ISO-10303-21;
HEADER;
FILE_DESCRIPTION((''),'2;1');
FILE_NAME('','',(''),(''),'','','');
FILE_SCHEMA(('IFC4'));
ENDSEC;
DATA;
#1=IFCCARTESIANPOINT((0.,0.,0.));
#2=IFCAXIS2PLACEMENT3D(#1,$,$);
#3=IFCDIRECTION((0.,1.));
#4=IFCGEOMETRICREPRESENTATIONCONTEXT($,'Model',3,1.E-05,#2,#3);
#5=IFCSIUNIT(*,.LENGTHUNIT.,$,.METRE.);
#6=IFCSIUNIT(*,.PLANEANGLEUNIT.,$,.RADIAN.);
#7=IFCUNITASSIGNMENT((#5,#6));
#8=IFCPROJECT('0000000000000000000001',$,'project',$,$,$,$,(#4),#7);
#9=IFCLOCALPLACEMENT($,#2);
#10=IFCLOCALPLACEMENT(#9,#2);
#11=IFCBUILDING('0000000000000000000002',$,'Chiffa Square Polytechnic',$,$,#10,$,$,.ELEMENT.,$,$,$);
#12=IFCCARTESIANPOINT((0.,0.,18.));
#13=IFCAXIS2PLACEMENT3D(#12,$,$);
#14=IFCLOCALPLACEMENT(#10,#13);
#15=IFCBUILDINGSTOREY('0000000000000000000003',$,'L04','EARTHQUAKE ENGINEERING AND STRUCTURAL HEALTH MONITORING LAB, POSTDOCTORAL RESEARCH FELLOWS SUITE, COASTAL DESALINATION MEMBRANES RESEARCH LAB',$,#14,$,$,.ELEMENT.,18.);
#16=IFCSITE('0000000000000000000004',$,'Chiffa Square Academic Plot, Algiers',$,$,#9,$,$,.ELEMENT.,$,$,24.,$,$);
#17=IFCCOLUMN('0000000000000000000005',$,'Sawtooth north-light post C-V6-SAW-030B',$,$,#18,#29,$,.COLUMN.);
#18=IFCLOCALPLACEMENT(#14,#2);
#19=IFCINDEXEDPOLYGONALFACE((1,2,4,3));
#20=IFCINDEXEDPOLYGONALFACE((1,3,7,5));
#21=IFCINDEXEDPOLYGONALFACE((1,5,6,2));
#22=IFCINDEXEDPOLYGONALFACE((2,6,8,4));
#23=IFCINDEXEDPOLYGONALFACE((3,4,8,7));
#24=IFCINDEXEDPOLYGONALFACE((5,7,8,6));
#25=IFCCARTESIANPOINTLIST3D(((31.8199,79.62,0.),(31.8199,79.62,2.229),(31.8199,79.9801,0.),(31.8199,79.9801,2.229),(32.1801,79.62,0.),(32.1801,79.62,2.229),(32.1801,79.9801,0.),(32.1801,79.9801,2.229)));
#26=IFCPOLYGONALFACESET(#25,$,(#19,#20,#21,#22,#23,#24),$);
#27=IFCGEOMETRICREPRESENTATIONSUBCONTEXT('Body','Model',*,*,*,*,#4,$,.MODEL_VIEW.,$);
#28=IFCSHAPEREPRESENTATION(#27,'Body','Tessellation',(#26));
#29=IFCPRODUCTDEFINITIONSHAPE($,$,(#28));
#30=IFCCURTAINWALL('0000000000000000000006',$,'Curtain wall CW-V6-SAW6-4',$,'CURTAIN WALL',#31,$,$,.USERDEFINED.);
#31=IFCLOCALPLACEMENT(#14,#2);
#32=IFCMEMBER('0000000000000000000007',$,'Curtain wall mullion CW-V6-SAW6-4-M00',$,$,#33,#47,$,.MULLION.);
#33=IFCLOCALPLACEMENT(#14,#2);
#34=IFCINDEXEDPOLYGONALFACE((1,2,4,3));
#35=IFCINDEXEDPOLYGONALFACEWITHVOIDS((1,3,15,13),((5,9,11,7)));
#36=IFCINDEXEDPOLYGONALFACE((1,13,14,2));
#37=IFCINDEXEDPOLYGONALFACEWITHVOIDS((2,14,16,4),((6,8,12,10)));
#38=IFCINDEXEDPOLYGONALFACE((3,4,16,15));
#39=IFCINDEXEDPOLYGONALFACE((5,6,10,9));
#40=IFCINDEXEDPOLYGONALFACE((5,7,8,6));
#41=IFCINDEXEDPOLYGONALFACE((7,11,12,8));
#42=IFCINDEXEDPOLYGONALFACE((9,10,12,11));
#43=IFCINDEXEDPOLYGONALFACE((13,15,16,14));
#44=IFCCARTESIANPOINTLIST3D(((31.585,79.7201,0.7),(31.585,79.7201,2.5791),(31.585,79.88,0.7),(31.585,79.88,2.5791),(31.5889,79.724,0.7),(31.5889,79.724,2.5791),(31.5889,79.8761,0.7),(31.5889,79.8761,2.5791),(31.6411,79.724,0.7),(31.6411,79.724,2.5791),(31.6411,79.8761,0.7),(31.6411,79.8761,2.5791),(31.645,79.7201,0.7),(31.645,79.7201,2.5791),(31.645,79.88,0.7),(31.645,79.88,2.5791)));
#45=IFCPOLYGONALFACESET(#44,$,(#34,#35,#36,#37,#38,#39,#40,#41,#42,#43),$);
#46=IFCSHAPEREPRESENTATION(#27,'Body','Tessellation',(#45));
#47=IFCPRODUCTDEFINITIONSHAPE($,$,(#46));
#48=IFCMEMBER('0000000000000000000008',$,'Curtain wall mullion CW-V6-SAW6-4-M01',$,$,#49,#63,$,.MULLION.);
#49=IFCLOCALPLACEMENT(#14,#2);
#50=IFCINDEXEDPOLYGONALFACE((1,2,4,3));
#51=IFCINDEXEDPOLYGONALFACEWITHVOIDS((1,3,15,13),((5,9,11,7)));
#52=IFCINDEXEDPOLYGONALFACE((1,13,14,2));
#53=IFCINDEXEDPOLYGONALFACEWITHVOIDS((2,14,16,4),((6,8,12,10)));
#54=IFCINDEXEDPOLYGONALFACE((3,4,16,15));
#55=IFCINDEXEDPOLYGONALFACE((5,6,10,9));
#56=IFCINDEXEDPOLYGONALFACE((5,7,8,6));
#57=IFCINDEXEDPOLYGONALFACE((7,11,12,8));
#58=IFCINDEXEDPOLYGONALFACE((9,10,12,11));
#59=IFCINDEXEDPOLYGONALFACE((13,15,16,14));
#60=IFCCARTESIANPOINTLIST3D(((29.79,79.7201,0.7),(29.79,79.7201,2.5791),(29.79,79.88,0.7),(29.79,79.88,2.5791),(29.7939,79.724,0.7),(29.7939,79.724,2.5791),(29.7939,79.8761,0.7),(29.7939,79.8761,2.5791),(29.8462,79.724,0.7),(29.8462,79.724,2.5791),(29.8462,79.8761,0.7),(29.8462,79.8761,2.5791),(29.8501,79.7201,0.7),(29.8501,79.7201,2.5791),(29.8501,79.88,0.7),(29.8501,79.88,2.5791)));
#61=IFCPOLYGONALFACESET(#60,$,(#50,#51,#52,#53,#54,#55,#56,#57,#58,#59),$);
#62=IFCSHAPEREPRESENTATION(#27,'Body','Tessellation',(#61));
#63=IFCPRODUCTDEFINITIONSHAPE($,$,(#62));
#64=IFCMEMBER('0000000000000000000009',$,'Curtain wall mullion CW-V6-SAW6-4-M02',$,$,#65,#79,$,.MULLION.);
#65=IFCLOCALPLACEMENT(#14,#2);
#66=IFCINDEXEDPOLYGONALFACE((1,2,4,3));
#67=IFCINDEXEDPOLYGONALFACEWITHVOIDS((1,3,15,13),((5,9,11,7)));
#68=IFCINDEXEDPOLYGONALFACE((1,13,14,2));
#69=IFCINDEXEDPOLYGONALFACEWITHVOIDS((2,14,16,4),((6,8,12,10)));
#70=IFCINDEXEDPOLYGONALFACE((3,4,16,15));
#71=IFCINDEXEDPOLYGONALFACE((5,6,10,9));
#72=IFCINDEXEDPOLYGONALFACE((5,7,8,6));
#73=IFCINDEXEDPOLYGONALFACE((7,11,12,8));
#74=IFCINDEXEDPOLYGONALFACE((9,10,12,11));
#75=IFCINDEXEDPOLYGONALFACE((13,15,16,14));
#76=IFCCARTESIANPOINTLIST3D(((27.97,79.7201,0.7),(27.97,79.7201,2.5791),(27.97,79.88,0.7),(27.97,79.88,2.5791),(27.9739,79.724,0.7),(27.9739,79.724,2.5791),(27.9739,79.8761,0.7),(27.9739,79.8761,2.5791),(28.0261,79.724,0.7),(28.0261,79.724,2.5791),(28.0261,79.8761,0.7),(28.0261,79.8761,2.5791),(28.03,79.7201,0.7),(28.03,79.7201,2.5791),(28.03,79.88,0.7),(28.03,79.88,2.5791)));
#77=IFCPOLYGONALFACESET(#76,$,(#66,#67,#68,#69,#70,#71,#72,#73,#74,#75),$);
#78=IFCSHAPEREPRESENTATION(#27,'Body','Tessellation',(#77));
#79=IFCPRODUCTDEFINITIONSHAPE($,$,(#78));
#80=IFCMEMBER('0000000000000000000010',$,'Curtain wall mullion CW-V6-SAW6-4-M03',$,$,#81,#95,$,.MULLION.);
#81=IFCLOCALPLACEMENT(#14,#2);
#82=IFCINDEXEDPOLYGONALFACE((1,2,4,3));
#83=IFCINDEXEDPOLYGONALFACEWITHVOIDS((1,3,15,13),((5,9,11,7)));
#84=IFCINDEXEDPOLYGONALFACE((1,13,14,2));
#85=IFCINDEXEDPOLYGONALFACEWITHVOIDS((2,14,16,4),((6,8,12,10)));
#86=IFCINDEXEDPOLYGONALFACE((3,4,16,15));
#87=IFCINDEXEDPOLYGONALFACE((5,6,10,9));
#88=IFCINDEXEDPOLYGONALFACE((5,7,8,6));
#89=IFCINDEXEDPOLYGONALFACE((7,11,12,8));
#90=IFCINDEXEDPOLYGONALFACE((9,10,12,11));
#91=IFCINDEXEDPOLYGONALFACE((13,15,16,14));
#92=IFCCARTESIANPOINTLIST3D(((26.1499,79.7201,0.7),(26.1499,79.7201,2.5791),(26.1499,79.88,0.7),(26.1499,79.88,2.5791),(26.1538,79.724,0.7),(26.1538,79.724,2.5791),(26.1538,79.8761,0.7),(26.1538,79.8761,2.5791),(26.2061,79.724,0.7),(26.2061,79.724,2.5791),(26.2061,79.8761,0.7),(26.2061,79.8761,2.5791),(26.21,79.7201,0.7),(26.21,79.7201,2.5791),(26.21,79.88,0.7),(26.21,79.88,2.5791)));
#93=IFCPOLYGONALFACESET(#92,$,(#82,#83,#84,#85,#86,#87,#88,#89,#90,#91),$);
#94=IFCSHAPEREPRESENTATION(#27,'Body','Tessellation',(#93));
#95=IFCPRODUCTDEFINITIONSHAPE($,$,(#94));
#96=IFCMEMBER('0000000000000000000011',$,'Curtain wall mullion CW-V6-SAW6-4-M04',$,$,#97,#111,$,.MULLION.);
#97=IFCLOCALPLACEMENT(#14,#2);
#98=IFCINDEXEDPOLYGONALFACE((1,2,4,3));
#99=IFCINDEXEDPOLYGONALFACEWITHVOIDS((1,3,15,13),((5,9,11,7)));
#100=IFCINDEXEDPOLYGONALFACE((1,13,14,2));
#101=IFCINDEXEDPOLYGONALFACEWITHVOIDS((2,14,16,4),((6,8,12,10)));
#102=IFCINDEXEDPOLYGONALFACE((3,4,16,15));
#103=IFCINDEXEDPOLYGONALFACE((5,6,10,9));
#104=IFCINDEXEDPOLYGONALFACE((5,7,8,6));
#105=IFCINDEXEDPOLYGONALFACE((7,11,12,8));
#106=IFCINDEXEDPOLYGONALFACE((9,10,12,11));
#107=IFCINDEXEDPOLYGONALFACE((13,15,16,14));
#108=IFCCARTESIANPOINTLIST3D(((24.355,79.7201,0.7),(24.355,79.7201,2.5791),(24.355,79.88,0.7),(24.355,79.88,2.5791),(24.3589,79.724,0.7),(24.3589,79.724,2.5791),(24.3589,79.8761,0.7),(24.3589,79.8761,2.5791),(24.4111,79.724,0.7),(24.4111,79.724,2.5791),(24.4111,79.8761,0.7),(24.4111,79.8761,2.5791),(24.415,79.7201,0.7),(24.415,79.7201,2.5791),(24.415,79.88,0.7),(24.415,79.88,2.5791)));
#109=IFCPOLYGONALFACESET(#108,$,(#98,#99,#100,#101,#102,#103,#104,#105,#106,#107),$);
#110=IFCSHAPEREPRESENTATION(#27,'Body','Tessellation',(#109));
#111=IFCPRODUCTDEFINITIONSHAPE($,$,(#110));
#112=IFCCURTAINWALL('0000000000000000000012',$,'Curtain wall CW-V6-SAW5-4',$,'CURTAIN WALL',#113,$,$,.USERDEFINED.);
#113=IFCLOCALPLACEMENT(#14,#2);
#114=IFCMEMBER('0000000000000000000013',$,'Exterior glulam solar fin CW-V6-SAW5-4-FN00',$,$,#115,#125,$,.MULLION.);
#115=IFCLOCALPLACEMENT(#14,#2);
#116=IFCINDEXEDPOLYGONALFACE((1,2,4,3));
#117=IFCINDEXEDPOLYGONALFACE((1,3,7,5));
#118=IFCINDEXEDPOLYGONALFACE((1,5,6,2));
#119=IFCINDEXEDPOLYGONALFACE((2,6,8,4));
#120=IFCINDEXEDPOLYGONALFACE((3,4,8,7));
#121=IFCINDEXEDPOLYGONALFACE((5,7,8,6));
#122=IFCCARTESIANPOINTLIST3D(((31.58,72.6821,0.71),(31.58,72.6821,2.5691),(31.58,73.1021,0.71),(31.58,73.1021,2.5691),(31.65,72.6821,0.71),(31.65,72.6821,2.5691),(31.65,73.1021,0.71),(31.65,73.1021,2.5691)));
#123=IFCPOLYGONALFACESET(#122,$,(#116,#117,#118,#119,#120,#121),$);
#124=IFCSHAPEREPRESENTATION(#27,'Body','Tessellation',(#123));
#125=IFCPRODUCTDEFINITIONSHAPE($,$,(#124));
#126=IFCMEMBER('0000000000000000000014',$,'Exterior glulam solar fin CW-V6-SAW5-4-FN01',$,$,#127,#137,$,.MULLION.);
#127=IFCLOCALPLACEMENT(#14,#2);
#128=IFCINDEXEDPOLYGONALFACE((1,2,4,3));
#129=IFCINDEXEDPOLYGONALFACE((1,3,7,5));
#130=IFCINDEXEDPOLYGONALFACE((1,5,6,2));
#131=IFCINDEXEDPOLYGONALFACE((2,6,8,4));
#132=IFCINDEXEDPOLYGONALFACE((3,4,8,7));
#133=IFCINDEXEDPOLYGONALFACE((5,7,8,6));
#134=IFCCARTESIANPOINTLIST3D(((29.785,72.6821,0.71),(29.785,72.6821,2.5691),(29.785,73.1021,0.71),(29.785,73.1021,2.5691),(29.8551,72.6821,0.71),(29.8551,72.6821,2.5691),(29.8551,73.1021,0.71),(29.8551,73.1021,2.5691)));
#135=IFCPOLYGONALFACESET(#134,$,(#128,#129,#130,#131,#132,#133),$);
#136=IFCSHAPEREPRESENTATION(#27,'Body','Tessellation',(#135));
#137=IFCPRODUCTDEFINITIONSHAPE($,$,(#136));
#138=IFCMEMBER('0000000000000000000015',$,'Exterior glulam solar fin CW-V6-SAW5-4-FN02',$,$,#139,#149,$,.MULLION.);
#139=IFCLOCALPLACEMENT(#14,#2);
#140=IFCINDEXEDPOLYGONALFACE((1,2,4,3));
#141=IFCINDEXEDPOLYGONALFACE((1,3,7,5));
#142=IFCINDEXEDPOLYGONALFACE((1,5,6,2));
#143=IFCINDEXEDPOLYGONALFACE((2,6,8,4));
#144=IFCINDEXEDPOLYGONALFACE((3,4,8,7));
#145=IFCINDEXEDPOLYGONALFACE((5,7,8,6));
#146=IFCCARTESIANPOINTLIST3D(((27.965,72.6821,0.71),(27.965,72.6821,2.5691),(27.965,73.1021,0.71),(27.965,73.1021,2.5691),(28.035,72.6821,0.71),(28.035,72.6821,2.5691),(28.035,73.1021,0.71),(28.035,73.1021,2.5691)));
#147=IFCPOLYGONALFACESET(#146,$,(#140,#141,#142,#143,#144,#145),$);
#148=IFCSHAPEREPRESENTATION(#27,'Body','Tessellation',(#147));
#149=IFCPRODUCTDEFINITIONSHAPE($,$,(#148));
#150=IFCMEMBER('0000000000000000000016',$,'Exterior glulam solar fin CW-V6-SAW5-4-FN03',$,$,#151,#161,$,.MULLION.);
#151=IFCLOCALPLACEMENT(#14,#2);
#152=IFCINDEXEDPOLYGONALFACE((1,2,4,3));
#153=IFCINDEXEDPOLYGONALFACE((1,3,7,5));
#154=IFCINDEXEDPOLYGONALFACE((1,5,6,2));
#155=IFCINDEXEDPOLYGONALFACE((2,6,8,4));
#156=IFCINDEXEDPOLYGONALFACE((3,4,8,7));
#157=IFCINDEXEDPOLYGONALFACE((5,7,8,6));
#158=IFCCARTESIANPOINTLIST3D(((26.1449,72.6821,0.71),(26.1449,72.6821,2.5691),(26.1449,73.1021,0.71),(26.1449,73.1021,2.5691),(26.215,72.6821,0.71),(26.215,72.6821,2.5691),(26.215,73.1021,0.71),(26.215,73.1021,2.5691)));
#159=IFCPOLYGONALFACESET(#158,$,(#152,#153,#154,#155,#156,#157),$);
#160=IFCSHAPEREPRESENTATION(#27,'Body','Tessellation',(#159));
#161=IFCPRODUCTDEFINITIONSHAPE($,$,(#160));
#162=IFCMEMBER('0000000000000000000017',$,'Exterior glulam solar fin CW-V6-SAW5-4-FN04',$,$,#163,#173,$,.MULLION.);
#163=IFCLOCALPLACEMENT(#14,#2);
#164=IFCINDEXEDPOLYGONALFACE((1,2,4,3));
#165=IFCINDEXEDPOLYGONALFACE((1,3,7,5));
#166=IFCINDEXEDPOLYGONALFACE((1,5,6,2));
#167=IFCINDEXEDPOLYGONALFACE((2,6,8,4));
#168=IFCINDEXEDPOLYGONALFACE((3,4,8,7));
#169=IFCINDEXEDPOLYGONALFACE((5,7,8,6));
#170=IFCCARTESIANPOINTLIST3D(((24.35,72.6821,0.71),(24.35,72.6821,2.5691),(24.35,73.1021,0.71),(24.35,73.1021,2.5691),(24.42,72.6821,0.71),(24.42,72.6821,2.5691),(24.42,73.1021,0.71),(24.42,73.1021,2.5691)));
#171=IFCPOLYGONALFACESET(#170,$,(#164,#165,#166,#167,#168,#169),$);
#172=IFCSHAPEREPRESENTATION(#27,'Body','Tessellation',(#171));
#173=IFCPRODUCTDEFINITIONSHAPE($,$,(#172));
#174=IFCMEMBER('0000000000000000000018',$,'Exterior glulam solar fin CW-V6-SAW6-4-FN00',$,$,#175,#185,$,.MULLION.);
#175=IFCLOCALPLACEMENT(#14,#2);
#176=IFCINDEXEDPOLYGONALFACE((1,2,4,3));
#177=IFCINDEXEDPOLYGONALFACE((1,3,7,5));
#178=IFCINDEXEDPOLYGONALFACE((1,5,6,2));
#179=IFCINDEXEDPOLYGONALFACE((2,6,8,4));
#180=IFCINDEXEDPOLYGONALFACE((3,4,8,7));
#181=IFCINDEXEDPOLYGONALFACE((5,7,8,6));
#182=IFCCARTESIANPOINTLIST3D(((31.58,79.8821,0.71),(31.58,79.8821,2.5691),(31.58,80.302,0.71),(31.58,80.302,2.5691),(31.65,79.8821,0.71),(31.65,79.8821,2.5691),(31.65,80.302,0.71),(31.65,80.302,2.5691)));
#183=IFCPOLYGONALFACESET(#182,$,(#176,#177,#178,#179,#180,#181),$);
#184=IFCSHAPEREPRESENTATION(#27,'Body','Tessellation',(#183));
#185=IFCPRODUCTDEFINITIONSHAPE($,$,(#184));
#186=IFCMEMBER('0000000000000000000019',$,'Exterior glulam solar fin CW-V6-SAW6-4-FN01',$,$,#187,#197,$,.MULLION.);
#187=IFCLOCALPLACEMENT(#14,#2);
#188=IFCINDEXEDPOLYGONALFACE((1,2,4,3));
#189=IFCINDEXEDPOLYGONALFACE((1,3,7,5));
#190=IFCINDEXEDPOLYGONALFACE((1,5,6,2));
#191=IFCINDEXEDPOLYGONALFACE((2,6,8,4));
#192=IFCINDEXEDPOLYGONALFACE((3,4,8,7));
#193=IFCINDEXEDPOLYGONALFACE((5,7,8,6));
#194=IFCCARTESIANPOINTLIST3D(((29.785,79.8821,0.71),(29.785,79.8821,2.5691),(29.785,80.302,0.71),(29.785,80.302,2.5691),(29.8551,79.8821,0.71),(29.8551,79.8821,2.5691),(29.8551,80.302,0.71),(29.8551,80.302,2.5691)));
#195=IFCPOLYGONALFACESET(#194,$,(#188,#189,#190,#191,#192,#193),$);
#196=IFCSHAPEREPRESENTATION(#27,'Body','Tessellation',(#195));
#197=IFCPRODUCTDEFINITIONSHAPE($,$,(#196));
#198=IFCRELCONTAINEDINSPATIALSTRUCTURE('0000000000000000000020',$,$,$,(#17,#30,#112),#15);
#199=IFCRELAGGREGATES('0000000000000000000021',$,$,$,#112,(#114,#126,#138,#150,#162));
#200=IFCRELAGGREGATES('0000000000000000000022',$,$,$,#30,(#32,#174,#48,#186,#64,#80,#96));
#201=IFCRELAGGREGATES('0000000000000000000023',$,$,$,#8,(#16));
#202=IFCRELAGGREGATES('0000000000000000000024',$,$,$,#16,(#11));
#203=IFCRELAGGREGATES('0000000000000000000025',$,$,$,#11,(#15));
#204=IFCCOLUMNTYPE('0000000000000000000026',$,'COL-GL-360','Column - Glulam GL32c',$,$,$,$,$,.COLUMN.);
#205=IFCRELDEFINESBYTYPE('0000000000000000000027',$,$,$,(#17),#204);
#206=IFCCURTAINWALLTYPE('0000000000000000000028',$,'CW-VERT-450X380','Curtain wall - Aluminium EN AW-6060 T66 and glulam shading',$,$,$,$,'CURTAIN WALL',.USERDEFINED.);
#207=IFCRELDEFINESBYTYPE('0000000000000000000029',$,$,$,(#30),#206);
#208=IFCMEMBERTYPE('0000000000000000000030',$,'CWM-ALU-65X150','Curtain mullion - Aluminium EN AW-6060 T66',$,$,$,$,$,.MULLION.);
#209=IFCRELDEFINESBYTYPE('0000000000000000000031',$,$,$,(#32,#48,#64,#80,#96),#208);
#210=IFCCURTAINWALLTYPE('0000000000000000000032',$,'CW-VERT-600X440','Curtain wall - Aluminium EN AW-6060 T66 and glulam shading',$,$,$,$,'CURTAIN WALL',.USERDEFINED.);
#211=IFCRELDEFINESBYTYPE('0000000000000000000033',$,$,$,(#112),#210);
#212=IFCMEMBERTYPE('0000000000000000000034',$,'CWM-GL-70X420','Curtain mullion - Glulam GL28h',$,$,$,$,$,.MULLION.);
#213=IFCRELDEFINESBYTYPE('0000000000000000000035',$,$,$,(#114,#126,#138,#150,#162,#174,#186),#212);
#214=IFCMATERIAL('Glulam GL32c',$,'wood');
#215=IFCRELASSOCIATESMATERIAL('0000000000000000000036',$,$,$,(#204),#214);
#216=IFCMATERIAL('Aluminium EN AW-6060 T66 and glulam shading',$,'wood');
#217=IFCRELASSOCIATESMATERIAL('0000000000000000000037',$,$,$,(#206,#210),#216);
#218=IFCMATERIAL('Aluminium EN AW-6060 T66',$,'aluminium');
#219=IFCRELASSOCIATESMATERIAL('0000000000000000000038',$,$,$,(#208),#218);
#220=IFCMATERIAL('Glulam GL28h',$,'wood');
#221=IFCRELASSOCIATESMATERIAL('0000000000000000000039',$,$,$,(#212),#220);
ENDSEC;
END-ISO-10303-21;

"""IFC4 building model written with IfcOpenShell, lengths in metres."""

from ifc_helpers import new_model, si_unit, direction, frame, origin, origin_2d, place, context, subcontext, project, spatial, rectangle, hollow_rectangle, extrude, material, material_profile, profile_set, type_object, element, aggregate, save


model = new_model("IFC4")

# Units and contexts
model_context = context("Model", 3, precision=1e-05, world=origin(), true_north=direction((0.0, 1.0)))
body_context = subcontext(model_context, "Body", "Model", "MODEL_VIEW")
ifc_project = project(units=[si_unit("LENGTHUNIT", "METRE"), si_unit("PLANEANGLEUNIT", "RADIAN")], contexts=[model_context])

# Site, building, storey
site_placement = place(None, origin())
site = spatial("IfcSite", under=ifc_project, at=site_placement, Name="Chiffa Square Academic Plot, Algiers", CompositionType="ELEMENT", RefElevation=24.0)
building_placement = place(site_placement, origin())
building = spatial("IfcBuilding", under=site, at=building_placement, Name="Chiffa Square Polytechnic", CompositionType="ELEMENT")
storey_placement = place(building_placement, frame((0.0, 0.0, 18.0)))
storey = spatial("IfcBuildingStorey", under=building, at=storey_placement, Name="L04", Description="EARTHQUAKE ENGINEERING AND STRUCTURAL HEALTH MONITORING LAB, POSTDOCTORAL RESEARCH FELLOWS SUITE, COASTAL DESALINATION MEMBRANES RESEARCH LAB", CompositionType="ELEMENT", Elevation=18.0)

# Column
ifc_material_1 = material(Name="Glulam GL32c", Category="wood")
ifc_material_profile_1 = material_profile(ifc_material_1, rectangle(XDim=0.3601, YDim=0.3601, at=origin_2d()), Name="GL32c 360x360")
ifc_profile_set_1 = profile_set([ifc_material_profile_1], Name="Glulam GL32c")
column_type = type_object("IfcColumnType", Name="COL-GL-360", Description="Column - Glulam GL32c", PredefinedType="COLUMN", material=ifc_profile_set_1)
column_placement = place(storey_placement, frame((32.0, 79.8, 0.0), z_axis=(0.0, 0.0, 1.0), x_axis=(1.0, 0.0, 0.0)))
element("IfcColumn", 1, at=column_placement, inside=storey, type_object=column_type, Name="Sawtooth north-light post C-V6-SAW-030B", PredefinedType="COLUMN", context=body_context, shape_type="SweptSolid", body=[
    extrude(rectangle(XDim=0.3601, YDim=0.3601, at=origin_2d()), origin(), (0.0, 0.0, 1.0), 2.229),
])

# Curtain walls, members
ifc_material_2 = material(Name="Aluminium EN AW-6060 T66 and glulam shading", Category="wood")
curtain_wall_type_1 = type_object("IfcCurtainWallType", Name="CW-VERT-450X380", Description="Curtain wall - Aluminium EN AW-6060 T66 and glulam shading", ElementType="CURTAIN WALL", PredefinedType="USERDEFINED", material=ifc_material_2)
curtain_wall_1_placement = place(storey_placement, origin())
curtain_wall_1 = element("IfcCurtainWall", 2, at=curtain_wall_1_placement, inside=storey, type_object=curtain_wall_type_1, Name="Curtain wall CW-V6-SAW6-4", ObjectType="CURTAIN WALL", PredefinedType="USERDEFINED")
ifc_material_3 = material(Name="Aluminium EN AW-6060 T66", Category="aluminium")
ifc_material_profile_2 = material_profile(ifc_material_3, hollow_rectangle(XDim=0.0601, YDim=0.1599, WallThickness=0.0039, at=origin_2d()), Name="ALU 60x160x4")
ifc_profile_set_2 = profile_set([ifc_material_profile_2], Name="Aluminium EN AW-6060 T66")
member_type_1 = type_object("IfcMemberType", Name="CWM-ALU-65X150", Description="Curtain mullion - Aluminium EN AW-6060 T66", PredefinedType="MULLION", material=ifc_profile_set_2)
member_1_placement = place(storey_placement, frame((31.615, 79.8, 0.7), z_axis=(0.0, 0.0, 1.0), x_axis=(1.0, 0.0, 0.0)))
member_1 = element("IfcMember", 3, at=member_1_placement, type_object=member_type_1, Name="Curtain wall mullion CW-V6-SAW6-4-M00", PredefinedType="MULLION", context=body_context, shape_type="SweptSolid", body=[
    extrude(hollow_rectangle(XDim=0.0601, YDim=0.1599, WallThickness=0.0039, at=origin_2d()), origin(), (0.0, 0.0, 1.0), 1.8792),
])
member_2_placement = place(storey_placement, frame((29.8201, 79.8, 0.7), z_axis=(0.0, 0.0, 1.0), x_axis=(1.0, 0.0, 0.0)))
member_2 = element("IfcMember", 4, at=member_2_placement, type_object=member_type_1, Name="Curtain wall mullion CW-V6-SAW6-4-M01", PredefinedType="MULLION", context=body_context, shape_type="SweptSolid", body=[
    extrude(hollow_rectangle(XDim=0.0601, YDim=0.1599, WallThickness=0.0039, at=origin_2d()), origin(), (0.0, 0.0, 1.0), 1.8792),
])
member_3_placement = place(storey_placement, frame((28.0, 79.8, 0.7), z_axis=(0.0, 0.0, 1.0), x_axis=(1.0, 0.0, 0.0)))
member_3 = element("IfcMember", 5, at=member_3_placement, type_object=member_type_1, Name="Curtain wall mullion CW-V6-SAW6-4-M02", PredefinedType="MULLION", context=body_context, shape_type="SweptSolid", body=[
    extrude(hollow_rectangle(XDim=0.0601, YDim=0.1599, WallThickness=0.0039, at=origin_2d()), origin(), (0.0, 0.0, 1.0), 1.8792),
])
member_4_placement = place(storey_placement, frame((26.1799, 79.8, 0.7), z_axis=(0.0, 0.0, 1.0), x_axis=(1.0, 0.0, 0.0)))
member_4 = element("IfcMember", 6, at=member_4_placement, type_object=member_type_1, Name="Curtain wall mullion CW-V6-SAW6-4-M03", PredefinedType="MULLION", context=body_context, shape_type="SweptSolid", body=[
    extrude(hollow_rectangle(XDim=0.0601, YDim=0.1599, WallThickness=0.0039, at=origin_2d()), origin(), (0.0, 0.0, 1.0), 1.8792),
])
member_5_placement = place(storey_placement, frame((24.385, 79.8, 0.7), z_axis=(0.0, 0.0, 1.0), x_axis=(1.0, 0.0, 0.0)))
member_5 = element("IfcMember", 7, at=member_5_placement, type_object=member_type_1, Name="Curtain wall mullion CW-V6-SAW6-4-M04", PredefinedType="MULLION", context=body_context, shape_type="SweptSolid", body=[
    extrude(hollow_rectangle(XDim=0.0601, YDim=0.1599, WallThickness=0.0039, at=origin_2d()), origin(), (0.0, 0.0, 1.0), 1.8792),
])
curtain_wall_type_2 = type_object("IfcCurtainWallType", Name="CW-VERT-600X440", Description="Curtain wall - Aluminium EN AW-6060 T66 and glulam shading", ElementType="CURTAIN WALL", PredefinedType="USERDEFINED", material=ifc_material_2)
curtain_wall_2_placement = place(storey_placement, origin())
curtain_wall_2 = element("IfcCurtainWall", 8, at=curtain_wall_2_placement, inside=storey, type_object=curtain_wall_type_2, Name="Curtain wall CW-V6-SAW5-4", ObjectType="CURTAIN WALL", PredefinedType="USERDEFINED")
ifc_material_4 = material(Name="Glulam GL28h", Category="wood")
ifc_material_profile_3 = material_profile(ifc_material_4, rectangle(XDim=0.0701, YDim=0.4199, at=origin_2d()), Name="GL28h 70x420")
ifc_profile_set_3 = profile_set([ifc_material_profile_3], Name="Glulam GL28h")
member_type_2 = type_object("IfcMemberType", Name="CWM-GL-70X420", Description="Curtain mullion - Glulam GL28h", PredefinedType="MULLION", material=ifc_profile_set_3)
member_6_placement = place(storey_placement, frame((31.615, 72.8921, 0.71), z_axis=(0.0, 0.0, 1.0), x_axis=(-1.0, 0.0, 0.0)))
member_6 = element("IfcMember", 9, at=member_6_placement, type_object=member_type_2, Name="Exterior glulam solar fin CW-V6-SAW5-4-FN00", PredefinedType="MULLION", context=body_context, shape_type="SweptSolid", body=[
    extrude(rectangle(XDim=0.0701, YDim=0.4199, at=origin_2d()), origin(), (0.0, 0.0, 1.0), 1.8591),
])
member_7_placement = place(storey_placement, frame((29.8201, 72.8921, 0.71), z_axis=(0.0, 0.0, 1.0), x_axis=(-1.0, 0.0, 0.0)))
member_7 = element("IfcMember", 10, at=member_7_placement, type_object=member_type_2, Name="Exterior glulam solar fin CW-V6-SAW5-4-FN01", PredefinedType="MULLION", context=body_context, shape_type="SweptSolid", body=[
    extrude(rectangle(XDim=0.0701, YDim=0.4199, at=origin_2d()), origin(), (0.0, 0.0, 1.0), 1.8591),
])
member_8_placement = place(storey_placement, frame((28.0, 72.8921, 0.71), z_axis=(0.0, 0.0, 1.0), x_axis=(-1.0, 0.0, 0.0)))
member_8 = element("IfcMember", 11, at=member_8_placement, type_object=member_type_2, Name="Exterior glulam solar fin CW-V6-SAW5-4-FN02", PredefinedType="MULLION", context=body_context, shape_type="SweptSolid", body=[
    extrude(rectangle(XDim=0.0701, YDim=0.4199, at=origin_2d()), origin(), (0.0, 0.0, 1.0), 1.8591),
])
member_9_placement = place(storey_placement, frame((26.1799, 72.8921, 0.71), z_axis=(0.0, 0.0, 1.0), x_axis=(-1.0, 0.0, 0.0)))
member_9 = element("IfcMember", 12, at=member_9_placement, type_object=member_type_2, Name="Exterior glulam solar fin CW-V6-SAW5-4-FN03", PredefinedType="MULLION", context=body_context, shape_type="SweptSolid", body=[
    extrude(rectangle(XDim=0.0701, YDim=0.4199, at=origin_2d()), origin(), (0.0, 0.0, 1.0), 1.8591),
])
member_10_placement = place(storey_placement, frame((24.385, 72.8921, 0.71), z_axis=(0.0, 0.0, 1.0), x_axis=(-1.0, 0.0, 0.0)))
member_10 = element("IfcMember", 13, at=member_10_placement, type_object=member_type_2, Name="Exterior glulam solar fin CW-V6-SAW5-4-FN04", PredefinedType="MULLION", context=body_context, shape_type="SweptSolid", body=[
    extrude(rectangle(XDim=0.0701, YDim=0.4199, at=origin_2d()), origin(), (0.0, 0.0, 1.0), 1.8591),
])
aggregate(curtain_wall_2, [member_6, member_7, member_8, member_9, member_10])

# Members
member_11_placement = place(storey_placement, frame((31.615, 80.092, 0.71), z_axis=(0.0, 0.0, 1.0), x_axis=(-1.0, 0.0, 0.0)))
member_11 = element("IfcMember", 14, at=member_11_placement, type_object=member_type_2, Name="Exterior glulam solar fin CW-V6-SAW6-4-FN00", PredefinedType="MULLION", context=body_context, shape_type="SweptSolid", body=[
    extrude(rectangle(XDim=0.0701, YDim=0.4199, at=origin_2d()), origin(), (0.0, 0.0, 1.0), 1.8591),
])
member_12_placement = place(storey_placement, frame((29.8201, 80.092, 0.71), z_axis=(0.0, 0.0, 1.0), x_axis=(-1.0, 0.0, 0.0)))
member_12 = element("IfcMember", 15, at=member_12_placement, type_object=member_type_2, Name="Exterior glulam solar fin CW-V6-SAW6-4-FN01", PredefinedType="MULLION", context=body_context, shape_type="SweptSolid", body=[
    extrude(rectangle(XDim=0.0701, YDim=0.4199, at=origin_2d()), origin(), (0.0, 0.0, 1.0), 1.8591),
])

aggregate(curtain_wall_1, [member_1, member_11, member_2, member_12, member_3, member_4, member_5])

save(model, "model.ifc")
